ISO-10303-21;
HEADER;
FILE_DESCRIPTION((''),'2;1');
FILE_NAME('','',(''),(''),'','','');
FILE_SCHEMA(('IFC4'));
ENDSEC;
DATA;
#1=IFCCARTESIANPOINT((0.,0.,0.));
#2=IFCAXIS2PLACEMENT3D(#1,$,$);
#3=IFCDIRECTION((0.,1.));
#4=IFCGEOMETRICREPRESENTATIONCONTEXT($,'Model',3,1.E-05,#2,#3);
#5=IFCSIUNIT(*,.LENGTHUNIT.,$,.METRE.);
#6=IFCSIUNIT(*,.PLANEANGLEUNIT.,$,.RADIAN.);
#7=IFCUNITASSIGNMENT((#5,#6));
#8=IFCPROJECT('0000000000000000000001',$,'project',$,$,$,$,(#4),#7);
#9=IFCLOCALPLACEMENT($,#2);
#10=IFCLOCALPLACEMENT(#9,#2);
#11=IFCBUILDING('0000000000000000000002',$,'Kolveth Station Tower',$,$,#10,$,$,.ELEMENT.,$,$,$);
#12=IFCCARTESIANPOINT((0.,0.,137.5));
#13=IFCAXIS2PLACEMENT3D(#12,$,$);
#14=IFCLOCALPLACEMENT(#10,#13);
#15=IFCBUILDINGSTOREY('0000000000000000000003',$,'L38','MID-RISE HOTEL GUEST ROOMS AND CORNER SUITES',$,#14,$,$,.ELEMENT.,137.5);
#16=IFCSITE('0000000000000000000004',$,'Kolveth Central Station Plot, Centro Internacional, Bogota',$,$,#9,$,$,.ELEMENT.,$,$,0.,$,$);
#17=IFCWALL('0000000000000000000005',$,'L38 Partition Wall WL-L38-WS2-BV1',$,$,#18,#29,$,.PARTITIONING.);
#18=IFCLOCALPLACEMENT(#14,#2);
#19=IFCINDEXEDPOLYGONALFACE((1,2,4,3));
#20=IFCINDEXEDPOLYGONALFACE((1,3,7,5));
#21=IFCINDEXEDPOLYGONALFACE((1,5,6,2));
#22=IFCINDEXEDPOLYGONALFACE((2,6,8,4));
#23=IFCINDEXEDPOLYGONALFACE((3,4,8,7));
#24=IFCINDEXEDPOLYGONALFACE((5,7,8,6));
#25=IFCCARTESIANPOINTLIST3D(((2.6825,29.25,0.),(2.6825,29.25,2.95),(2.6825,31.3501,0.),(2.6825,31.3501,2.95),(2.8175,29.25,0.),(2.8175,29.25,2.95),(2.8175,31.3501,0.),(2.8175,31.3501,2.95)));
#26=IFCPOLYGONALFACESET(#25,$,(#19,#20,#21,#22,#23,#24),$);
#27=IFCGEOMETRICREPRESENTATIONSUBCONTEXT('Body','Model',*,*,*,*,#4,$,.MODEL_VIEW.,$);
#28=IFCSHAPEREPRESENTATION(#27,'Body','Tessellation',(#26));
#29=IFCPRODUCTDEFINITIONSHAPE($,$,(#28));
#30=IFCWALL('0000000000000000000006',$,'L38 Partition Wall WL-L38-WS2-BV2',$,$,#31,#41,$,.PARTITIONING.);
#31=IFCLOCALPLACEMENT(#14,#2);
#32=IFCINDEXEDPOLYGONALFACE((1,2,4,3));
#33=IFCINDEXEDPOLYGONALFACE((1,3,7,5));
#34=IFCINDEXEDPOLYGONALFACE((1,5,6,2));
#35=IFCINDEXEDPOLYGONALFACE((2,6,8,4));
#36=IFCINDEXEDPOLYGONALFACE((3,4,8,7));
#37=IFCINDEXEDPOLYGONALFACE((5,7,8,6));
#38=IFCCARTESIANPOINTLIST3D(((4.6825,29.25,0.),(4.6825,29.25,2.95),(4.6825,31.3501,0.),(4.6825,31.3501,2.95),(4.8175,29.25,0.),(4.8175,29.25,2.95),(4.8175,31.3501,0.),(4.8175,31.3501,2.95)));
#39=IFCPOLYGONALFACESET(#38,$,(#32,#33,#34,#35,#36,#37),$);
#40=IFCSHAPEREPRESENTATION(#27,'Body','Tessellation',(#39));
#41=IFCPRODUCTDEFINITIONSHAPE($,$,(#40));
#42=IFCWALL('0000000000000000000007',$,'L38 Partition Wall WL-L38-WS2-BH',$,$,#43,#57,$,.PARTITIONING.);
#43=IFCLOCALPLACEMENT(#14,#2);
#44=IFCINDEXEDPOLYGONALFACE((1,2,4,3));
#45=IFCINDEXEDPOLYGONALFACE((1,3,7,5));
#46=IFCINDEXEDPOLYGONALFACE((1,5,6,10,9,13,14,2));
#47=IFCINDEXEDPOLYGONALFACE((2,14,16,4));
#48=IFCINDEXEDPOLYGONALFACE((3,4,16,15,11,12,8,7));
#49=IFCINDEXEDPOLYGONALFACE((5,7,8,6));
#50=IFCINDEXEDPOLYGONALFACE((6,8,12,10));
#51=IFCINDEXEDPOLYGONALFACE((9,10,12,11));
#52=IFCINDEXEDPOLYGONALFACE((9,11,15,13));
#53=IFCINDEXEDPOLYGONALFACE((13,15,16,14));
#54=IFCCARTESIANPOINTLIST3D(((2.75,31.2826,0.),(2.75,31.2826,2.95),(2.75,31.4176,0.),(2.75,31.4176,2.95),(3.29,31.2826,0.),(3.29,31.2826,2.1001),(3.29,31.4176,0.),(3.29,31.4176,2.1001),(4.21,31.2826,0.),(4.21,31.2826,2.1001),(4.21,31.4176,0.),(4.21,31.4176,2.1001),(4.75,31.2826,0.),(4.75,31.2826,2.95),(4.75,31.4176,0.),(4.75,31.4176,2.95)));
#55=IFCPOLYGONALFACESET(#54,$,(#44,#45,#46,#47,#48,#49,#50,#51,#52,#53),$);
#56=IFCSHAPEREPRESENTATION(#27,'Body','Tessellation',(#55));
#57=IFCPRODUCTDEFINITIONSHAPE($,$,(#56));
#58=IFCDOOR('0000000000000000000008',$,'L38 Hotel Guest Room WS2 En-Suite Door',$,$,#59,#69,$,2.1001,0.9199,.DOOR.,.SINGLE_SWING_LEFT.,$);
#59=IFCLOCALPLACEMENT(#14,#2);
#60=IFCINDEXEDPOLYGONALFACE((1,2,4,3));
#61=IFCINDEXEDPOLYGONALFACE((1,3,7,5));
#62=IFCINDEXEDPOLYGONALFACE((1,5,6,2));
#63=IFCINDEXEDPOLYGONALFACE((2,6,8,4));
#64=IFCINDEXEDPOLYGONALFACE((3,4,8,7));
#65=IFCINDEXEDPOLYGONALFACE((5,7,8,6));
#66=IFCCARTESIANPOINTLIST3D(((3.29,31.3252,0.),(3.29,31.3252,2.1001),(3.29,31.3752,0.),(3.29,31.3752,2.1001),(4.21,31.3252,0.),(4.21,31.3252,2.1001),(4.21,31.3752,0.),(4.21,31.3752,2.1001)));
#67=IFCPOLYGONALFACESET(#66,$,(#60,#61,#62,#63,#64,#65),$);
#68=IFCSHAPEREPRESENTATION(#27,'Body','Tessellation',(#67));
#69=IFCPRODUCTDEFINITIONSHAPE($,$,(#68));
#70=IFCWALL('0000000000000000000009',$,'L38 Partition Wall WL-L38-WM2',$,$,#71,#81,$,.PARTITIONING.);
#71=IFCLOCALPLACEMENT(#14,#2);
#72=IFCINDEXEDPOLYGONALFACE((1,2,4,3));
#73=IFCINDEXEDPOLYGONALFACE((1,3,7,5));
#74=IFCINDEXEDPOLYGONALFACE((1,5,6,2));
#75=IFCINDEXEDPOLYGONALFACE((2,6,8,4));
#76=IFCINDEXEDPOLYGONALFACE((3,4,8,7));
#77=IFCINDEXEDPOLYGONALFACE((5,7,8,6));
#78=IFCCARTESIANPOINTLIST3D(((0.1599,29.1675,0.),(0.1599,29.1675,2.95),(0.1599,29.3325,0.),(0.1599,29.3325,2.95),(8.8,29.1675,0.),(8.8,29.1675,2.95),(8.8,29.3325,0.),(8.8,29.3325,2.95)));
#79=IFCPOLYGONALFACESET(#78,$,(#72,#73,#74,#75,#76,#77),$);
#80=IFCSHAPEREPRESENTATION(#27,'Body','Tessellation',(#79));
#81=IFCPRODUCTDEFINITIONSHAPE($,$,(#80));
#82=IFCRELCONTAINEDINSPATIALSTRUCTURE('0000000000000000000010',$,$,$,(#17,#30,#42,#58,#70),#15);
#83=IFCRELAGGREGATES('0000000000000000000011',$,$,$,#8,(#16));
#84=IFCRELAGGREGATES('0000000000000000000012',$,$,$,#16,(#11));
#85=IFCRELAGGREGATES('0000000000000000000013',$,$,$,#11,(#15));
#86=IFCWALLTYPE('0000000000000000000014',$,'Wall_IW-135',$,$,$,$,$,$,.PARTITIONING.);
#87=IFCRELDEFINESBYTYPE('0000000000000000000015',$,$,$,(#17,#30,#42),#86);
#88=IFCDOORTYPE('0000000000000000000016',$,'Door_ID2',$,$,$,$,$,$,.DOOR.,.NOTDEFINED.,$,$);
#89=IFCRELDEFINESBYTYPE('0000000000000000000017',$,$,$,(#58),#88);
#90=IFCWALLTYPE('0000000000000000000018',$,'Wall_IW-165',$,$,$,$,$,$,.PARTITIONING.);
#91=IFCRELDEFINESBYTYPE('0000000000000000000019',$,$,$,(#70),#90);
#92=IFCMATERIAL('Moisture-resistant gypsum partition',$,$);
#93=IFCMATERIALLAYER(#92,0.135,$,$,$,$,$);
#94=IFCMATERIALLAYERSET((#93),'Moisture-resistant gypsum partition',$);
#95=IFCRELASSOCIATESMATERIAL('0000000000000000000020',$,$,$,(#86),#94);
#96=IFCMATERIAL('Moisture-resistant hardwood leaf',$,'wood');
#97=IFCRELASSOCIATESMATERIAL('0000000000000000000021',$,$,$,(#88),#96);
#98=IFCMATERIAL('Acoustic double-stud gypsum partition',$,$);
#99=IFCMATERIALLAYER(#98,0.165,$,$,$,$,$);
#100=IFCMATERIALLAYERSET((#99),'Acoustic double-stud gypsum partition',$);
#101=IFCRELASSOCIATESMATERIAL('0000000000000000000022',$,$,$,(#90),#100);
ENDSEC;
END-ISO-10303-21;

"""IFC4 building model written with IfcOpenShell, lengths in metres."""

from ifc_helpers import new_model, si_unit, direction, frame, frame_2d, origin, place, context, subcontext, project, spatial, rectangle, extrude, material, layer, layer_set, type_object, element, fill, save


model = new_model("IFC4")

# Units and contexts
model_context = context("Model", 3, precision=1e-05, world=origin(), true_north=direction((0.0, 1.0)))
body_context = subcontext(model_context, "Body", "Model", "MODEL_VIEW")
ifc_project = project(units=[si_unit("LENGTHUNIT", "METRE"), si_unit("PLANEANGLEUNIT", "RADIAN")], contexts=[model_context])

# Site, building, storey
site_placement = place(None, origin())
site = spatial("IfcSite", under=ifc_project, at=site_placement, Name="Kolveth Central Station Plot, Centro Internacional, Bogota", CompositionType="ELEMENT", RefElevation=0.0)
building_placement = place(site_placement, origin())
building = spatial("IfcBuilding", under=site, at=building_placement, Name="Kolveth Station Tower", CompositionType="ELEMENT")
storey_placement = place(building_placement, frame((0.0, 0.0, 137.5)))
storey = spatial("IfcBuildingStorey", under=building, at=storey_placement, Name="L38", Description="MID-RISE HOTEL GUEST ROOMS AND CORNER SUITES", CompositionType="ELEMENT", Elevation=137.5)

# Walls
ifc_material_1 = material(Name="Moisture-resistant gypsum partition")
ifc_layer_1 = layer(ifc_material_1, 0.135)
ifc_layer_set_1 = layer_set([ifc_layer_1], Name="Moisture-resistant gypsum partition")
wall_type_1 = type_object("IfcWallType", Name="Wall_IW-135", PredefinedType="PARTITIONING", material=ifc_layer_set_1)
for number, where, z_axis, x_axis, name in (
    (1, (2.75, 29.25, 0.0), (0.0, 0.0, 1.0), (0.0, 1.0, 0.0), "L38 Partition Wall WL-L38-WS2-BV1"),
    (2, (4.75, 29.25, 0.0), (0.0, 0.0, 1.0), (0.0, 1.0, 0.0), "L38 Partition Wall WL-L38-WS2-BV2"),
):
    element("IfcWall", number, at=place(storey_placement, frame(where, z_axis=z_axis, x_axis=x_axis)), inside=storey, type_object=wall_type_1, Name=name, PredefinedType="PARTITIONING", context=body_context, shape_type="SweptSolid", body=[
        extrude(rectangle(XDim=2.1001, YDim=0.135, at=frame_2d((1.05, 0.0))), origin(), (0.0, 0.0, 1.0), 2.95),
    ])

# Wall, opening, door
wall_1_placement = place(storey_placement, frame((2.75, 31.3501, 0.0), z_axis=(0.0, 0.0, 1.0), x_axis=(1.0, 0.0, 0.0)))
wall_1 = element("IfcWall", 3, at=wall_1_placement, inside=storey, type_object=wall_type_1, Name="L38 Partition Wall WL-L38-WS2-BH", PredefinedType="PARTITIONING", context=body_context, shape_type="SweptSolid", body=[
    extrude(rectangle(XDim=2.0, YDim=0.135, at=frame_2d((1.0, 0.0))), origin(), (0.0, 0.0, 1.0), 2.95),
])
opening_placement = place(wall_1_placement, frame((0.54, 0.0, 0.0)))
opening = element("IfcOpeningElement", 4, at=opening_placement, cuts=wall_1, PredefinedType="OPENING", context=body_context, shape_type="SweptSolid", body=[
    extrude(rectangle(XDim=0.9199, YDim=2.1001, at=frame_2d((0.46, 1.05))), frame((0.0, 0.0774, 0.0), z_axis=(0.0, -1.0, 0.0), x_axis=(1.0, 0.0, 0.0)), (0.0, 0.0, 1.0), 0.155),
])
ifc_material_2 = material(Name="Moisture-resistant hardwood leaf", Category="wood")
door_type = type_object("IfcDoorType", Name="Door_ID2", OperationType="NOTDEFINED", PredefinedType="DOOR", material=ifc_material_2)
door_placement = place(opening_placement, frame((0.9199, 0.0, 0.0), z_axis=(0.0, 0.0, 1.0), x_axis=(-1.0, 0.0, 0.0)))
door = element("IfcDoor", 5, at=door_placement, inside=storey, type_object=door_type, Name="L38 Hotel Guest Room WS2 En-Suite Door", OperationType="SINGLE_SWING_LEFT", OverallHeight=2.1001, OverallWidth=0.9199, PredefinedType="DOOR", context=body_context, shape_type="SweptSolid", body=[
    extrude(rectangle(XDim=0.9199, YDim=2.1001, at=frame_2d((0.46, 1.05))), frame((0.0, 0.0249, 0.0), z_axis=(0.0, -1.0, 0.0), x_axis=(1.0, 0.0, 0.0)), (0.0, 0.0, 1.0), 0.05),
])
fill(opening, door)

# Wall
ifc_material_3 = material(Name="Acoustic double-stud gypsum partition")
ifc_layer_2 = layer(ifc_material_3, 0.165)
ifc_layer_set_2 = layer_set([ifc_layer_2], Name="Acoustic double-stud gypsum partition")
wall_type_2 = type_object("IfcWallType", Name="Wall_IW-165", PredefinedType="PARTITIONING", material=ifc_layer_set_2)
wall_2_placement = place(storey_placement, frame((0.1599, 29.25, 0.0), z_axis=(0.0, 0.0, 1.0), x_axis=(1.0, 0.0, 0.0)))
element("IfcWall", 6, at=wall_2_placement, inside=storey, type_object=wall_type_2, Name="L38 Partition Wall WL-L38-WM2", PredefinedType="PARTITIONING", context=body_context, shape_type="SweptSolid", body=[
    extrude(rectangle(XDim=8.6401, YDim=0.165, at=frame_2d((4.3201, 0.0))), origin(), (0.0, 0.0, 1.0), 2.95),
])

save(model, "model.ifc")
